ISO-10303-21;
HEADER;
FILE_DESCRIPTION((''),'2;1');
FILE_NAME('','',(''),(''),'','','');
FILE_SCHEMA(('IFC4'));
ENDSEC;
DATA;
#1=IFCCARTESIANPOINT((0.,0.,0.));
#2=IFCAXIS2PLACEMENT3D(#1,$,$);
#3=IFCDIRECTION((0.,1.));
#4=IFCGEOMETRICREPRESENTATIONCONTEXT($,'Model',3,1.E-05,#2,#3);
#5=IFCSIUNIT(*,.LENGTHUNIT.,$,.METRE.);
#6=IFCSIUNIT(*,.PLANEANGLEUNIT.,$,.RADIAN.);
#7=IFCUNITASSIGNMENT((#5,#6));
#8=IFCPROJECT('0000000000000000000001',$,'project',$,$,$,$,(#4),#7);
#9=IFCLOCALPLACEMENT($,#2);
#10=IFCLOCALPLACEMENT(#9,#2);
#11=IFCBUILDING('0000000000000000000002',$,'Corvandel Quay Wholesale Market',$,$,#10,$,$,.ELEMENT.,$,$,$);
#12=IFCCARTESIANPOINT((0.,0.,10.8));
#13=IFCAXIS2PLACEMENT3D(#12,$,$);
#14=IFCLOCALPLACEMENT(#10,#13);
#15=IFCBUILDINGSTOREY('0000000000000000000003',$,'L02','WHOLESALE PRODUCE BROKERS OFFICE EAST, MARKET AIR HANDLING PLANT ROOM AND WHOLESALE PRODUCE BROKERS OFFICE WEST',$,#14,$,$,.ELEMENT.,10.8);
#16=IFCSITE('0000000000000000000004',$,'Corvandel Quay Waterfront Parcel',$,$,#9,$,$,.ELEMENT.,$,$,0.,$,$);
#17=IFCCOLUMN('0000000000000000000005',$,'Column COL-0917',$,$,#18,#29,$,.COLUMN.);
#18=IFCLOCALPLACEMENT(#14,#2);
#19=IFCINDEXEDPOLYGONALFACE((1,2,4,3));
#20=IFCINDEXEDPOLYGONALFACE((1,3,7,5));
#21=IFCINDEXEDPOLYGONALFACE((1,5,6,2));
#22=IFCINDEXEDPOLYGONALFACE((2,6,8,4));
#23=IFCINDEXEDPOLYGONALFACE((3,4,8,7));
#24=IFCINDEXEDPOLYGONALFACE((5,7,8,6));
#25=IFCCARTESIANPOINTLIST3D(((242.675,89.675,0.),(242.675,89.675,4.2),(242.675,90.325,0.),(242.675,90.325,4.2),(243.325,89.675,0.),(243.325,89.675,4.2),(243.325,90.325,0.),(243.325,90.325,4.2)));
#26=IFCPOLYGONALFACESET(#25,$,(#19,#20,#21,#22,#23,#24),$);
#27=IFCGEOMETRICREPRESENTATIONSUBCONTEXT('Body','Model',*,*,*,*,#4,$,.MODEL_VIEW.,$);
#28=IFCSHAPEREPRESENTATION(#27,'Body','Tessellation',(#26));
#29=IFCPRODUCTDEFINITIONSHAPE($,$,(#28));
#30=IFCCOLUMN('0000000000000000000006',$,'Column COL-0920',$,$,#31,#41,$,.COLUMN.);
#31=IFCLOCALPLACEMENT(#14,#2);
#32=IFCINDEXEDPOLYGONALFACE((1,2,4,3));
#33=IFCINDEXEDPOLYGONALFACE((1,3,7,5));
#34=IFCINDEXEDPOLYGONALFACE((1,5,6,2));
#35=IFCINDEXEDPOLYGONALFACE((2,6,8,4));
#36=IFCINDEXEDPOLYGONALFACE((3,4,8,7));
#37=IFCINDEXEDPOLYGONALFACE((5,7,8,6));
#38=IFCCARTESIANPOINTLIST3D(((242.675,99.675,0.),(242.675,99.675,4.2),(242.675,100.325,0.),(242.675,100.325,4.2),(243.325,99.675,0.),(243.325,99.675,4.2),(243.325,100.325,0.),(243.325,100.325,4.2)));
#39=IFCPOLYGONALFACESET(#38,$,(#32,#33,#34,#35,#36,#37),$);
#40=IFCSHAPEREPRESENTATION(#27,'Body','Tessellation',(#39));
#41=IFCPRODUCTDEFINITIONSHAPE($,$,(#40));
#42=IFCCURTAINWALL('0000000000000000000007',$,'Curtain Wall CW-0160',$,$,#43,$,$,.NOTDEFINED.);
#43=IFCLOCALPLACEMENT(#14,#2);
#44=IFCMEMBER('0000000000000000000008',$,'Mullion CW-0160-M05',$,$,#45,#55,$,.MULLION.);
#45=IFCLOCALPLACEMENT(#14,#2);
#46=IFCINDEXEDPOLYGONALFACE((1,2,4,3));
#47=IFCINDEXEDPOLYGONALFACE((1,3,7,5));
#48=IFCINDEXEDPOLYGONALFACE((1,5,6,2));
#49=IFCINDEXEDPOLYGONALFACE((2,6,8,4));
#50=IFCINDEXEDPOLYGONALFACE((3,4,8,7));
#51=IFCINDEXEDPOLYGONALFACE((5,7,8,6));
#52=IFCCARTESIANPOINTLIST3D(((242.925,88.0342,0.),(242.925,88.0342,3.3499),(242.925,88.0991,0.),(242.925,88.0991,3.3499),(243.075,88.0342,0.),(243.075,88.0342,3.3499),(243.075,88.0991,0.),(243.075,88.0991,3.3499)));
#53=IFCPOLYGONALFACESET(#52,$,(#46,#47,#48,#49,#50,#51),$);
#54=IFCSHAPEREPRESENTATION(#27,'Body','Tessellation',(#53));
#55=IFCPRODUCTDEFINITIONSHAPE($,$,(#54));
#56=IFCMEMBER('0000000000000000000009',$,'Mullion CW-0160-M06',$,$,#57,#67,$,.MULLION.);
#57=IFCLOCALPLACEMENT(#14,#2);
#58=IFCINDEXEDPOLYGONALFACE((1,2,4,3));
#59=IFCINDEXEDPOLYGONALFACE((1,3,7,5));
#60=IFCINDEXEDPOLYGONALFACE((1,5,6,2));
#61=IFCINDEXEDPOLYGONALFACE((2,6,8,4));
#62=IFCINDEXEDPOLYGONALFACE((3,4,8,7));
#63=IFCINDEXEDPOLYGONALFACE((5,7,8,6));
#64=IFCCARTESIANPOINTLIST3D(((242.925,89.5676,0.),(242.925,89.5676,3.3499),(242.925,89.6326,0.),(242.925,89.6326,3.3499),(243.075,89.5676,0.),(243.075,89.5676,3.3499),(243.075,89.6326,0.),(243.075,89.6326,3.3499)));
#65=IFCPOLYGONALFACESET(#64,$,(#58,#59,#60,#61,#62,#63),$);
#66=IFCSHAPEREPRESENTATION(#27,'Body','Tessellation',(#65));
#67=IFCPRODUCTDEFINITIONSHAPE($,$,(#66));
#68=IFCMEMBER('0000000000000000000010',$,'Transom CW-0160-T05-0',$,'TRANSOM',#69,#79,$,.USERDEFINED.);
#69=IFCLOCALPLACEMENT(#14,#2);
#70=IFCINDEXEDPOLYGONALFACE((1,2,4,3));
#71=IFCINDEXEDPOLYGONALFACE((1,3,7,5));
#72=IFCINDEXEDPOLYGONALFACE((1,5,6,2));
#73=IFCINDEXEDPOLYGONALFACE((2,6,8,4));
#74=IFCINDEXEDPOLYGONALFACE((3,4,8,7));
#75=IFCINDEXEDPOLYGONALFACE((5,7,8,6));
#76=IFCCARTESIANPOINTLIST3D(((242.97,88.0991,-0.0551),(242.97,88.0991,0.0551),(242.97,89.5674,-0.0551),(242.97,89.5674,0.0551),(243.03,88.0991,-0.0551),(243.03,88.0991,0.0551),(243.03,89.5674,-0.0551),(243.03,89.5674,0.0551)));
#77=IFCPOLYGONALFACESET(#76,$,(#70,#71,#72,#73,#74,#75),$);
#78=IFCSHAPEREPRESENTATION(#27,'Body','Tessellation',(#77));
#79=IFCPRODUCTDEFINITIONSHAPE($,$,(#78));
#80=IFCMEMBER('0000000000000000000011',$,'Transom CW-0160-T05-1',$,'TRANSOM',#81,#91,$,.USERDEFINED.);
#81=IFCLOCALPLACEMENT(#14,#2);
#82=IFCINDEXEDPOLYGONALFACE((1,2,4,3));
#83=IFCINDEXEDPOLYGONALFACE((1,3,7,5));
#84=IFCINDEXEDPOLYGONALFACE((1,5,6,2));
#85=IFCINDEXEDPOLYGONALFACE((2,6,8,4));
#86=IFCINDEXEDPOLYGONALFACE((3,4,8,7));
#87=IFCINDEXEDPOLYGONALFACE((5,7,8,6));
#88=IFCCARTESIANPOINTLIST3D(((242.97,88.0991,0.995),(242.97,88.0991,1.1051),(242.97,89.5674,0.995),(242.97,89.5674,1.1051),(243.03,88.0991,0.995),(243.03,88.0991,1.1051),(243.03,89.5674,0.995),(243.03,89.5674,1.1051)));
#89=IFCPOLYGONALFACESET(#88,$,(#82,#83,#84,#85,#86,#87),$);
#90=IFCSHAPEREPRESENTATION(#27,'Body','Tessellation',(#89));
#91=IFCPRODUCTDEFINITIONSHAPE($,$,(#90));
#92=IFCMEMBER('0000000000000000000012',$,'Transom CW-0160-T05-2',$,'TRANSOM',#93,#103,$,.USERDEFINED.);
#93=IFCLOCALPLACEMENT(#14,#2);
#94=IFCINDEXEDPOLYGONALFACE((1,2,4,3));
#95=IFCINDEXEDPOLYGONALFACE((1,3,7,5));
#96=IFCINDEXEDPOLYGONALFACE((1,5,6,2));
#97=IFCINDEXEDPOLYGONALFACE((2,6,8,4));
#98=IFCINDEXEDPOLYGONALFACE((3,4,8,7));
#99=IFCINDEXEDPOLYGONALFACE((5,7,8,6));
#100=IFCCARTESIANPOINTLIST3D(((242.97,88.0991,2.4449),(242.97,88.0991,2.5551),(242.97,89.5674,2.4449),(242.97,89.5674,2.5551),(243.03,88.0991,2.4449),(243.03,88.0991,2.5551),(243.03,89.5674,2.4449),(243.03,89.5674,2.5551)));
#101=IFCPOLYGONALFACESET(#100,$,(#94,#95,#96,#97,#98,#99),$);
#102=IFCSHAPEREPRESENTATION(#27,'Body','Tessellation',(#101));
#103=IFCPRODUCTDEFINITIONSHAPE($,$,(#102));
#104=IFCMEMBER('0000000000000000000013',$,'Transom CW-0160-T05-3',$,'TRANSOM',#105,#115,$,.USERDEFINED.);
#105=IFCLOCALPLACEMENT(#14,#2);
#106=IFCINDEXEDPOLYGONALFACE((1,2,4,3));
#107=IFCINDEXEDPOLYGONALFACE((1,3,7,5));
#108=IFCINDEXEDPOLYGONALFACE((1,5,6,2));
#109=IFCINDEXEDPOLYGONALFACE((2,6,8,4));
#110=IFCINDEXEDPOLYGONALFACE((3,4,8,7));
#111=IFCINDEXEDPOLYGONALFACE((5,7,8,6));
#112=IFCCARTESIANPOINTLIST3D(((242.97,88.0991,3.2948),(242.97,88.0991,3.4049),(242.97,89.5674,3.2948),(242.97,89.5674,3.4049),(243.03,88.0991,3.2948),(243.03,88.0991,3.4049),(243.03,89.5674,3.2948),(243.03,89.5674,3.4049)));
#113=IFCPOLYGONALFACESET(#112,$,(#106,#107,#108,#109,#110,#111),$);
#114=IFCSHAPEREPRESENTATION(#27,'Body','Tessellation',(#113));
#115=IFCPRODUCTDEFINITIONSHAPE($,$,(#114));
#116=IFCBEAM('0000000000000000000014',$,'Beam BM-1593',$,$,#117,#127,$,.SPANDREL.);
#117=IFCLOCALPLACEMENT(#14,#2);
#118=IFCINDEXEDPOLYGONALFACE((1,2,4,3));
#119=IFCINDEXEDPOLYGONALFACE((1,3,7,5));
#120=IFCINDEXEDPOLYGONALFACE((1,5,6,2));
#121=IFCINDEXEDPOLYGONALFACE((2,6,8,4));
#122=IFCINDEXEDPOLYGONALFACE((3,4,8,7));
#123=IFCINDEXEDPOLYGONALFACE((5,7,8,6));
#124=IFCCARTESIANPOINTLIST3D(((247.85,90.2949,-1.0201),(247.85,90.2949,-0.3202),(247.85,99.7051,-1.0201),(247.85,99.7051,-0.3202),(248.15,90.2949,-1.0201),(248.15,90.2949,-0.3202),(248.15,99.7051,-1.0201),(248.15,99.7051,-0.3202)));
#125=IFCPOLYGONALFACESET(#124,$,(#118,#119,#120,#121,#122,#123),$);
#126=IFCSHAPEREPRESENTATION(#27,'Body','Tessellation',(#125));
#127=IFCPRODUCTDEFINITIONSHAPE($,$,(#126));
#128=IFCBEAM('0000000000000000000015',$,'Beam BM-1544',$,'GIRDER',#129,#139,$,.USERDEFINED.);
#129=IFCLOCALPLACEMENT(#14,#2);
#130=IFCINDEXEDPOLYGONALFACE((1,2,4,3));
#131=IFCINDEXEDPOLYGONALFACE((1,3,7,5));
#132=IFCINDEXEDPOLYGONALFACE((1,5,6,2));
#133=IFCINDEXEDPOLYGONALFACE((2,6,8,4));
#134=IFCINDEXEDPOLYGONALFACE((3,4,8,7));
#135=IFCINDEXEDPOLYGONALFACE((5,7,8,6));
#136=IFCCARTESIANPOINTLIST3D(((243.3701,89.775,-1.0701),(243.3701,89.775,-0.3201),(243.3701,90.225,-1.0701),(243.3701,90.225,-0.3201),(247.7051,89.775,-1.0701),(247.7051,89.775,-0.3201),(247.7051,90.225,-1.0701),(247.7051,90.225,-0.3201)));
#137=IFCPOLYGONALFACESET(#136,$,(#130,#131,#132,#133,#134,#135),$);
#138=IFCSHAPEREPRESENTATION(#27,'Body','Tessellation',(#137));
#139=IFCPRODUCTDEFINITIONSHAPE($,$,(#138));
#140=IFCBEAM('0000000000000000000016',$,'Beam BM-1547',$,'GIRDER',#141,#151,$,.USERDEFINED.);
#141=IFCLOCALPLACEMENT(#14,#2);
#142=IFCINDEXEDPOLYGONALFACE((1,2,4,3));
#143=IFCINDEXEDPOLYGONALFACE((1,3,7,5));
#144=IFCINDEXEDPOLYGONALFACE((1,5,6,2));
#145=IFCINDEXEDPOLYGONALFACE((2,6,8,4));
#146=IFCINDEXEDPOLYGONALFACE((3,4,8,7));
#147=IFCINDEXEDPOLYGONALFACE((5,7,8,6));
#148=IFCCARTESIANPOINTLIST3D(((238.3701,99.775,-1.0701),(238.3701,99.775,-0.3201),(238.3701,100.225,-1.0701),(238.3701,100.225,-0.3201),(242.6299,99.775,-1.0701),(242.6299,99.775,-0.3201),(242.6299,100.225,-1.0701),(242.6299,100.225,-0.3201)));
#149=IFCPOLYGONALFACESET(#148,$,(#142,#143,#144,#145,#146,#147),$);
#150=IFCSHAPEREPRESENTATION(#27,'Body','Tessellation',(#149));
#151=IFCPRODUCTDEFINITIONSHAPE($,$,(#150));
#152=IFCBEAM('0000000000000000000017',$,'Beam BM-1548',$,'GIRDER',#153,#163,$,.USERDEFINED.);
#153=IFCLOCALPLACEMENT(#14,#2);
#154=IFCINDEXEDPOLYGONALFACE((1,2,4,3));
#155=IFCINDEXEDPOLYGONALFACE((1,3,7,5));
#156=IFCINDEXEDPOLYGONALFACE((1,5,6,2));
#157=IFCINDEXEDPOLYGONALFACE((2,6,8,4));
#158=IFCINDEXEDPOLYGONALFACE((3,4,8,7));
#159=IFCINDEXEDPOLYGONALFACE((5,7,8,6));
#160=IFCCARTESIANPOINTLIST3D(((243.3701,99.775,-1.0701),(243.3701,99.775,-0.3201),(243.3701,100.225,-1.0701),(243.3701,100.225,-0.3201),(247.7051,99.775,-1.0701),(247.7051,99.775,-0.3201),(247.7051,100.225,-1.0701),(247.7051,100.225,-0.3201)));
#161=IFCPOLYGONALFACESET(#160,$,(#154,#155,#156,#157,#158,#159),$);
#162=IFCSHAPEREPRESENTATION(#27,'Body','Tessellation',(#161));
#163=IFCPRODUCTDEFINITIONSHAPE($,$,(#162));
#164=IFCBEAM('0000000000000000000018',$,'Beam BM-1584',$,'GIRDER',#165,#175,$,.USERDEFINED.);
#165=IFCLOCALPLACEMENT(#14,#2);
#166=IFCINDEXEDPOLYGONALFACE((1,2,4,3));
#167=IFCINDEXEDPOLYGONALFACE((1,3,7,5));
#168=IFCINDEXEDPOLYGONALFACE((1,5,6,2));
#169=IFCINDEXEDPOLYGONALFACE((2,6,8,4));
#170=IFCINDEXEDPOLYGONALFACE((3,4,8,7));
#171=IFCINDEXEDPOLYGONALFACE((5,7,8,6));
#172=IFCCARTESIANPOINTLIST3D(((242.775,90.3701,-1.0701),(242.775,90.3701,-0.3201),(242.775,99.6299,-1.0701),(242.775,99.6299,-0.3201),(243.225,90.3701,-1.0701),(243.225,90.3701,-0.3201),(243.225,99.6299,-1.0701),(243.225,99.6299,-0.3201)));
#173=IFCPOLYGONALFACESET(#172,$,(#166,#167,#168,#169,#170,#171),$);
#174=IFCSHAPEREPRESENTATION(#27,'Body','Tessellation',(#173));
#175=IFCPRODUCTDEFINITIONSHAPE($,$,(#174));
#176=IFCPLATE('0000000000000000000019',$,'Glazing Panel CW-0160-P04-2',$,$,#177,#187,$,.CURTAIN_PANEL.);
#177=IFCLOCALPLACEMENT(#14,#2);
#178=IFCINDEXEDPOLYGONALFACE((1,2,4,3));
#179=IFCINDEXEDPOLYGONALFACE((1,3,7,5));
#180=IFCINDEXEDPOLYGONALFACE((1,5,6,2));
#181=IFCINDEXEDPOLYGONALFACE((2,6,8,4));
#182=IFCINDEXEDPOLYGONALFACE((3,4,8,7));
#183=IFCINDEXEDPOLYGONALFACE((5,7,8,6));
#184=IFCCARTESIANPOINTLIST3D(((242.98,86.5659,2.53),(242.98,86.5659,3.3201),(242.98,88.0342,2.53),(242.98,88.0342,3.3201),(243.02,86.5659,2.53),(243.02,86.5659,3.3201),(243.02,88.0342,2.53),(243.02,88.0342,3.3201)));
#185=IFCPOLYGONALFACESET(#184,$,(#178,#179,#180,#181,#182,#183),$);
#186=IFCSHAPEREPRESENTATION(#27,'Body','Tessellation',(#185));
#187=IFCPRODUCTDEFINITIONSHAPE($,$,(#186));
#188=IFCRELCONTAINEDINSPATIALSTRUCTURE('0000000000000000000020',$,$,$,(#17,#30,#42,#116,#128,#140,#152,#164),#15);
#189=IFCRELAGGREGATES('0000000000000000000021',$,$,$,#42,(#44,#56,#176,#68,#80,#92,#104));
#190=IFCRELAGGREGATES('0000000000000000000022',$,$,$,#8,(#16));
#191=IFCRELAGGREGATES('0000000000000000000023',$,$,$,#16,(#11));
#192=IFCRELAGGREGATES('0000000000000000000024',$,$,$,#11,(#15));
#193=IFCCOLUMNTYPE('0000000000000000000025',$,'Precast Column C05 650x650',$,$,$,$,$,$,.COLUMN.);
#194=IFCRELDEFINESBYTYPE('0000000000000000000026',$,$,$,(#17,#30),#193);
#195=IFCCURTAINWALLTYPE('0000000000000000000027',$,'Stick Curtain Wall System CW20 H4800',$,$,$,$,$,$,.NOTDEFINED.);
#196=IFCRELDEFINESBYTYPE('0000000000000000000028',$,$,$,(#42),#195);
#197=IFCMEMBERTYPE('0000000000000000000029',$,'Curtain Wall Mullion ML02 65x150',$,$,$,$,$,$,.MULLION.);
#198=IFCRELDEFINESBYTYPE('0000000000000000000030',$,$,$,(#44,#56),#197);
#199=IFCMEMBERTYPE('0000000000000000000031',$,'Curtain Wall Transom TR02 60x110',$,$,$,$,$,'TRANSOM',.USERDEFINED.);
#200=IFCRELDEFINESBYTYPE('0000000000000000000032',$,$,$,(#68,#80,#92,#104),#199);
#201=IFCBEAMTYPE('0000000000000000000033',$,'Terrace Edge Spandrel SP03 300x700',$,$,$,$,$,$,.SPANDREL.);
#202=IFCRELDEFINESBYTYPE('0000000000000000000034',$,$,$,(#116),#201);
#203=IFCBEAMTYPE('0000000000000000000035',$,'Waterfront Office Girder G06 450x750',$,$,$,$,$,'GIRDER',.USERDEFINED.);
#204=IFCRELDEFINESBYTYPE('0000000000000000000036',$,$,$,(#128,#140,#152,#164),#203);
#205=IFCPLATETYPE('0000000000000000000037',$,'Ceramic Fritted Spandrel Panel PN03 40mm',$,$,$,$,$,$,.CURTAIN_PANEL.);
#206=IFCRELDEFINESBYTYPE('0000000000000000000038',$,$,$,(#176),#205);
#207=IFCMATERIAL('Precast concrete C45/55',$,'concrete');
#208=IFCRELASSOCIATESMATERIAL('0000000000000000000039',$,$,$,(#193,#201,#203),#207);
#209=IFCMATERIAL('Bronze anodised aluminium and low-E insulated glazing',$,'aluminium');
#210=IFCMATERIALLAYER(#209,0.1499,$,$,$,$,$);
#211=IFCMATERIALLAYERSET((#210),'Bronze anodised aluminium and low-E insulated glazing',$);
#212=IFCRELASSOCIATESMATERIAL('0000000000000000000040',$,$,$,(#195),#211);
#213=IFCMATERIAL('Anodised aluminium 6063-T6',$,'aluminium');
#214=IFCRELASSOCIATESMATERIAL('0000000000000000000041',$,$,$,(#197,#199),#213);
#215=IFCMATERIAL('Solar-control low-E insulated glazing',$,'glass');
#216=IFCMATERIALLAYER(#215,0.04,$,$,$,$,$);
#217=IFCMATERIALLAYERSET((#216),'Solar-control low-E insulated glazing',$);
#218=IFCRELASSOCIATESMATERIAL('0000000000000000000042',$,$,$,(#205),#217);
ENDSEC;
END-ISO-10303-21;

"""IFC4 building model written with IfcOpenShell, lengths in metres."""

from ifc_helpers import new_model, si_unit, direction, frame, origin, origin_2d, place, context, subcontext, project, spatial, rectangle, extrude, material, layer, layer_set, material_profile, profile_set, type_object, element, aggregate, save


model = new_model("IFC4")

# Units and contexts
model_context = context("Model", 3, precision=1e-05, world=origin(), true_north=direction((0.0, 1.0)))
body_context = subcontext(model_context, "Body", "Model", "MODEL_VIEW")
ifc_project = project(units=[si_unit("LENGTHUNIT", "METRE"), si_unit("PLANEANGLEUNIT", "RADIAN")], contexts=[model_context])

# Site, building, storey
site_placement = place(None, origin())
site = spatial("IfcSite", under=ifc_project, at=site_placement, Name="Corvandel Quay Waterfront Parcel", CompositionType="ELEMENT", RefElevation=0.0)
building_placement = place(site_placement, origin())
building = spatial("IfcBuilding", under=site, at=building_placement, Name="Corvandel Quay Wholesale Market", CompositionType="ELEMENT")
storey_placement = place(building_placement, frame((0.0, 0.0, 10.8)))
storey = spatial("IfcBuildingStorey", under=building, at=storey_placement, Name="L02", Description="WHOLESALE PRODUCE BROKERS OFFICE EAST, MARKET AIR HANDLING PLANT ROOM AND WHOLESALE PRODUCE BROKERS OFFICE WEST", CompositionType="ELEMENT", Elevation=10.8)

# Columns
ifc_material_1 = material(Name="Precast concrete C45/55", Category="concrete")
ifc_material_profile_1 = material_profile(ifc_material_1, rectangle(XDim=0.6499, YDim=0.6499, at=origin_2d()), Name="PC-COL-650x650")
ifc_profile_set_1 = profile_set([ifc_material_profile_1], Name="Precast concrete C45/55")
column_type = type_object("IfcColumnType", Name="Precast Column C05 650x650", PredefinedType="COLUMN", material=ifc_profile_set_1)
for number, where, z_axis, x_axis, name in (
    (1, (243.0, 90.0, 0.0), (0.0, 0.0, 1.0), (1.0, 0.0, 0.0), "Column COL-0917"),
    (2, (243.0, 100.0, 0.0), (0.0, 0.0, 1.0), (1.0, 0.0, 0.0), "Column COL-0920"),
):
    element("IfcColumn", number, at=place(storey_placement, frame(where, z_axis=z_axis, x_axis=x_axis)), inside=storey, type_object=column_type, Name=name, PredefinedType="COLUMN", context=body_context, shape_type="SweptSolid", body=[
        extrude(rectangle(XDim=0.6499, YDim=0.6499, at=origin_2d()), origin(), (0.0, 0.0, 1.0), 4.2),
    ])

# Curtain wall, members
ifc_material_2 = material(Name="Bronze anodised aluminium and low-E insulated glazing", Category="aluminium")
ifc_layer_1 = layer(ifc_material_2, 0.1499)
ifc_layer_set_1 = layer_set([ifc_layer_1], Name="Bronze anodised aluminium and low-E insulated glazing")
curtain_wall_type = type_object("IfcCurtainWallType", Name="Stick Curtain Wall System CW20 H4800", PredefinedType="NOTDEFINED", material=ifc_layer_set_1)
curtain_wall_placement = place(storey_placement, origin())
curtain_wall = element("IfcCurtainWall", 3, at=curtain_wall_placement, inside=storey, type_object=curtain_wall_type, Name="Curtain Wall CW-0160", PredefinedType="NOTDEFINED")
ifc_material_3 = material(Name="Anodised aluminium 6063-T6", Category="aluminium")
ifc_material_profile_2 = material_profile(ifc_material_3, rectangle(XDim=0.0649, YDim=0.1499, at=origin_2d()), Name="ALU-MUL-65x150")
ifc_profile_set_2 = profile_set([ifc_material_profile_2], Name="Anodised aluminium 6063-T6")
member_type_1 = type_object("IfcMemberType", Name="Curtain Wall Mullion ML02 65x150", PredefinedType="MULLION", material=ifc_profile_set_2)
member_1_placement = place(storey_placement, frame((243.0, 88.0667, 0.0), z_axis=(0.0, 0.0, 1.0), x_axis=(0.0, 1.0, 0.0)))
member_1 = element("IfcMember", 4, at=member_1_placement, type_object=member_type_1, Name="Mullion CW-0160-M05", PredefinedType="MULLION", context=body_context, shape_type="SweptSolid", body=[
    extrude(rectangle(XDim=0.0649, YDim=0.1499, at=origin_2d()), origin(), (0.0, 0.0, 1.0), 3.3499),
])
member_2_placement = place(storey_placement, frame((243.0, 89.6001, 0.0), z_axis=(0.0, 0.0, 1.0), x_axis=(0.0, 1.0, 0.0)))
member_2 = element("IfcMember", 5, at=member_2_placement, type_object=member_type_1, Name="Mullion CW-0160-M06", PredefinedType="MULLION", context=body_context, shape_type="SweptSolid", body=[
    extrude(rectangle(XDim=0.0649, YDim=0.1499, at=origin_2d()), origin(), (0.0, 0.0, 1.0), 3.3499),
])
ifc_material_profile_3 = material_profile(ifc_material_3, rectangle(XDim=0.0601, YDim=0.1101, at=origin_2d()), Name="ALU-TRN-60x110")
ifc_profile_set_3 = profile_set([ifc_material_profile_3], Name="Anodised aluminium 6063-T6")
member_type_2 = type_object("IfcMemberType", Name="Curtain Wall Transom TR02 60x110", ElementType="TRANSOM", PredefinedType="USERDEFINED", material=ifc_profile_set_3)
member_3_placement = place(storey_placement, frame((243.0, 88.0991, 0.0), z_axis=(0.0, 1.0, 0.0), x_axis=(-1.0, 0.0, 0.0)))
member_3 = element("IfcMember", 6, at=member_3_placement, type_object=member_type_2, Name="Transom CW-0160-T05-0", ObjectType="TRANSOM", PredefinedType="USERDEFINED", context=body_context, shape_type="SweptSolid", body=[
    extrude(rectangle(XDim=0.0601, YDim=0.1101, at=origin_2d()), origin(), (0.0, 0.0, 1.0), 1.4683),
])
member_4_placement = place(storey_placement, frame((243.0, 88.0991, 1.05), z_axis=(0.0, 1.0, 0.0), x_axis=(-1.0, 0.0, 0.0)))
member_4 = element("IfcMember", 7, at=member_4_placement, type_object=member_type_2, Name="Transom CW-0160-T05-1", ObjectType="TRANSOM", PredefinedType="USERDEFINED", context=body_context, shape_type="SweptSolid", body=[
    extrude(rectangle(XDim=0.0601, YDim=0.1101, at=origin_2d()), origin(), (0.0, 0.0, 1.0), 1.4683),
])
member_5_placement = place(storey_placement, frame((243.0, 88.0991, 2.5), z_axis=(0.0, 1.0, 0.0), x_axis=(-1.0, 0.0, 0.0)))
member_5 = element("IfcMember", 8, at=member_5_placement, type_object=member_type_2, Name="Transom CW-0160-T05-2", ObjectType="TRANSOM", PredefinedType="USERDEFINED", context=body_context, shape_type="SweptSolid", body=[
    extrude(rectangle(XDim=0.0601, YDim=0.1101, at=origin_2d()), origin(), (0.0, 0.0, 1.0), 1.4683),
])
member_6_placement = place(storey_placement, frame((243.0, 88.0991, 3.3499), z_axis=(0.0, 1.0, 0.0), x_axis=(-1.0, 0.0, 0.0)))
member_6 = element("IfcMember", 9, at=member_6_placement, type_object=member_type_2, Name="Transom CW-0160-T05-3", ObjectType="TRANSOM", PredefinedType="USERDEFINED", context=body_context, shape_type="SweptSolid", body=[
    extrude(rectangle(XDim=0.0601, YDim=0.1101, at=origin_2d()), origin(), (0.0, 0.0, 1.0), 1.4683),
])

# Beams
ifc_material_profile_4 = material_profile(ifc_material_1, rectangle(XDim=0.3, YDim=0.7, at=origin_2d()), Name="PC-SPN-300x700")
ifc_profile_set_4 = profile_set([ifc_material_profile_4], Name="Precast concrete C45/55")
beam_type_1 = type_object("IfcBeamType", Name="Terrace Edge Spandrel SP03 300x700", PredefinedType="SPANDREL", material=ifc_profile_set_4)
beam_1_placement = place(storey_placement, frame((248.0, 90.2949, -0.6702), z_axis=(0.0, 1.0, 0.0), x_axis=(-1.0, 0.0, 0.0)))
element("IfcBeam", 10, at=beam_1_placement, inside=storey, type_object=beam_type_1, Name="Beam BM-1593", PredefinedType="SPANDREL", context=body_context, shape_type="SweptSolid", body=[
    extrude(rectangle(XDim=0.3, YDim=0.7, at=origin_2d()), origin(), (0.0, 0.0, 1.0), 9.4102),
])
ifc_material_profile_5 = material_profile(ifc_material_1, rectangle(XDim=0.45, YDim=0.75, at=origin_2d()), Name="PC-GIR-450x750")
ifc_profile_set_5 = profile_set([ifc_material_profile_5], Name="Precast concrete C45/55")
beam_type_2 = type_object("IfcBeamType", Name="Waterfront Office Girder G06 450x750", ElementType="GIRDER", PredefinedType="USERDEFINED", material=ifc_profile_set_5)
beam_2_placement = place(storey_placement, frame((243.3701, 90.0, -0.6951), z_axis=(1.0, 0.0, 0.0), x_axis=(0.0, 1.0, 0.0)))
element("IfcBeam", 11, at=beam_2_placement, inside=storey, type_object=beam_type_2, Name="Beam BM-1544", ObjectType="GIRDER", PredefinedType="USERDEFINED", context=body_context, shape_type="SweptSolid", body=[
    extrude(rectangle(XDim=0.45, YDim=0.75, at=origin_2d()), origin(), (0.0, 0.0, 1.0), 4.335),
])
beam_3_placement = place(storey_placement, frame((238.3701, 100.0, -0.6951), z_axis=(1.0, 0.0, 0.0), x_axis=(0.0, 1.0, 0.0)))
element("IfcBeam", 12, at=beam_3_placement, inside=storey, type_object=beam_type_2, Name="Beam BM-1547", ObjectType="GIRDER", PredefinedType="USERDEFINED", context=body_context, shape_type="SweptSolid", body=[
    extrude(rectangle(XDim=0.45, YDim=0.75, at=origin_2d()), origin(), (0.0, 0.0, 1.0), 4.2598),
])
beam_4_placement = place(storey_placement, frame((243.3701, 100.0, -0.6951), z_axis=(1.0, 0.0, 0.0), x_axis=(0.0, 1.0, 0.0)))
element("IfcBeam", 13, at=beam_4_placement, inside=storey, type_object=beam_type_2, Name="Beam BM-1548", ObjectType="GIRDER", PredefinedType="USERDEFINED", context=body_context, shape_type="SweptSolid", body=[
    extrude(rectangle(XDim=0.45, YDim=0.75, at=origin_2d()), origin(), (0.0, 0.0, 1.0), 4.335),
])
beam_5_placement = place(storey_placement, frame((243.0, 90.3701, -0.6951), z_axis=(0.0, 1.0, 0.0), x_axis=(-1.0, 0.0, 0.0)))
element("IfcBeam", 14, at=beam_5_placement, inside=storey, type_object=beam_type_2, Name="Beam BM-1584", ObjectType="GIRDER", PredefinedType="USERDEFINED", context=body_context, shape_type="SweptSolid", body=[
    extrude(rectangle(XDim=0.45, YDim=0.75, at=origin_2d()), origin(), (0.0, 0.0, 1.0), 9.2598),
])

# Plate
ifc_material_4 = material(Name="Solar-control low-E insulated glazing", Category="glass")
ifc_layer_2 = layer(ifc_material_4, 0.04)
ifc_layer_set_2 = layer_set([ifc_layer_2], Name="Solar-control low-E insulated glazing")
plate_type_1 = type_object("IfcPlateType", Name="Ceramic Fritted Spandrel Panel PN03 40mm", PredefinedType="CURTAIN_PANEL", material=ifc_layer_set_2)
plate_1_placement = place(storey_placement, frame((243.0, 87.3, 2.53), z_axis=(0.0, 0.0, 1.0), x_axis=(0.0, 1.0, 0.0)))
plate_1 = element("IfcPlate", 15, at=plate_1_placement, type_object=plate_type_1, Name="Glazing Panel CW-0160-P04-2", PredefinedType="CURTAIN_PANEL", context=body_context, shape_type="SweptSolid", body=[
    extrude(rectangle(XDim=1.4683, YDim=0.04, at=origin_2d()), origin(), (0.0, 0.0, 1.0), 0.79),
])
aggregate(curtain_wall, [member_1, member_2, plate_1, member_3, member_4, member_5, member_6])

save(model, "model.ifc")
